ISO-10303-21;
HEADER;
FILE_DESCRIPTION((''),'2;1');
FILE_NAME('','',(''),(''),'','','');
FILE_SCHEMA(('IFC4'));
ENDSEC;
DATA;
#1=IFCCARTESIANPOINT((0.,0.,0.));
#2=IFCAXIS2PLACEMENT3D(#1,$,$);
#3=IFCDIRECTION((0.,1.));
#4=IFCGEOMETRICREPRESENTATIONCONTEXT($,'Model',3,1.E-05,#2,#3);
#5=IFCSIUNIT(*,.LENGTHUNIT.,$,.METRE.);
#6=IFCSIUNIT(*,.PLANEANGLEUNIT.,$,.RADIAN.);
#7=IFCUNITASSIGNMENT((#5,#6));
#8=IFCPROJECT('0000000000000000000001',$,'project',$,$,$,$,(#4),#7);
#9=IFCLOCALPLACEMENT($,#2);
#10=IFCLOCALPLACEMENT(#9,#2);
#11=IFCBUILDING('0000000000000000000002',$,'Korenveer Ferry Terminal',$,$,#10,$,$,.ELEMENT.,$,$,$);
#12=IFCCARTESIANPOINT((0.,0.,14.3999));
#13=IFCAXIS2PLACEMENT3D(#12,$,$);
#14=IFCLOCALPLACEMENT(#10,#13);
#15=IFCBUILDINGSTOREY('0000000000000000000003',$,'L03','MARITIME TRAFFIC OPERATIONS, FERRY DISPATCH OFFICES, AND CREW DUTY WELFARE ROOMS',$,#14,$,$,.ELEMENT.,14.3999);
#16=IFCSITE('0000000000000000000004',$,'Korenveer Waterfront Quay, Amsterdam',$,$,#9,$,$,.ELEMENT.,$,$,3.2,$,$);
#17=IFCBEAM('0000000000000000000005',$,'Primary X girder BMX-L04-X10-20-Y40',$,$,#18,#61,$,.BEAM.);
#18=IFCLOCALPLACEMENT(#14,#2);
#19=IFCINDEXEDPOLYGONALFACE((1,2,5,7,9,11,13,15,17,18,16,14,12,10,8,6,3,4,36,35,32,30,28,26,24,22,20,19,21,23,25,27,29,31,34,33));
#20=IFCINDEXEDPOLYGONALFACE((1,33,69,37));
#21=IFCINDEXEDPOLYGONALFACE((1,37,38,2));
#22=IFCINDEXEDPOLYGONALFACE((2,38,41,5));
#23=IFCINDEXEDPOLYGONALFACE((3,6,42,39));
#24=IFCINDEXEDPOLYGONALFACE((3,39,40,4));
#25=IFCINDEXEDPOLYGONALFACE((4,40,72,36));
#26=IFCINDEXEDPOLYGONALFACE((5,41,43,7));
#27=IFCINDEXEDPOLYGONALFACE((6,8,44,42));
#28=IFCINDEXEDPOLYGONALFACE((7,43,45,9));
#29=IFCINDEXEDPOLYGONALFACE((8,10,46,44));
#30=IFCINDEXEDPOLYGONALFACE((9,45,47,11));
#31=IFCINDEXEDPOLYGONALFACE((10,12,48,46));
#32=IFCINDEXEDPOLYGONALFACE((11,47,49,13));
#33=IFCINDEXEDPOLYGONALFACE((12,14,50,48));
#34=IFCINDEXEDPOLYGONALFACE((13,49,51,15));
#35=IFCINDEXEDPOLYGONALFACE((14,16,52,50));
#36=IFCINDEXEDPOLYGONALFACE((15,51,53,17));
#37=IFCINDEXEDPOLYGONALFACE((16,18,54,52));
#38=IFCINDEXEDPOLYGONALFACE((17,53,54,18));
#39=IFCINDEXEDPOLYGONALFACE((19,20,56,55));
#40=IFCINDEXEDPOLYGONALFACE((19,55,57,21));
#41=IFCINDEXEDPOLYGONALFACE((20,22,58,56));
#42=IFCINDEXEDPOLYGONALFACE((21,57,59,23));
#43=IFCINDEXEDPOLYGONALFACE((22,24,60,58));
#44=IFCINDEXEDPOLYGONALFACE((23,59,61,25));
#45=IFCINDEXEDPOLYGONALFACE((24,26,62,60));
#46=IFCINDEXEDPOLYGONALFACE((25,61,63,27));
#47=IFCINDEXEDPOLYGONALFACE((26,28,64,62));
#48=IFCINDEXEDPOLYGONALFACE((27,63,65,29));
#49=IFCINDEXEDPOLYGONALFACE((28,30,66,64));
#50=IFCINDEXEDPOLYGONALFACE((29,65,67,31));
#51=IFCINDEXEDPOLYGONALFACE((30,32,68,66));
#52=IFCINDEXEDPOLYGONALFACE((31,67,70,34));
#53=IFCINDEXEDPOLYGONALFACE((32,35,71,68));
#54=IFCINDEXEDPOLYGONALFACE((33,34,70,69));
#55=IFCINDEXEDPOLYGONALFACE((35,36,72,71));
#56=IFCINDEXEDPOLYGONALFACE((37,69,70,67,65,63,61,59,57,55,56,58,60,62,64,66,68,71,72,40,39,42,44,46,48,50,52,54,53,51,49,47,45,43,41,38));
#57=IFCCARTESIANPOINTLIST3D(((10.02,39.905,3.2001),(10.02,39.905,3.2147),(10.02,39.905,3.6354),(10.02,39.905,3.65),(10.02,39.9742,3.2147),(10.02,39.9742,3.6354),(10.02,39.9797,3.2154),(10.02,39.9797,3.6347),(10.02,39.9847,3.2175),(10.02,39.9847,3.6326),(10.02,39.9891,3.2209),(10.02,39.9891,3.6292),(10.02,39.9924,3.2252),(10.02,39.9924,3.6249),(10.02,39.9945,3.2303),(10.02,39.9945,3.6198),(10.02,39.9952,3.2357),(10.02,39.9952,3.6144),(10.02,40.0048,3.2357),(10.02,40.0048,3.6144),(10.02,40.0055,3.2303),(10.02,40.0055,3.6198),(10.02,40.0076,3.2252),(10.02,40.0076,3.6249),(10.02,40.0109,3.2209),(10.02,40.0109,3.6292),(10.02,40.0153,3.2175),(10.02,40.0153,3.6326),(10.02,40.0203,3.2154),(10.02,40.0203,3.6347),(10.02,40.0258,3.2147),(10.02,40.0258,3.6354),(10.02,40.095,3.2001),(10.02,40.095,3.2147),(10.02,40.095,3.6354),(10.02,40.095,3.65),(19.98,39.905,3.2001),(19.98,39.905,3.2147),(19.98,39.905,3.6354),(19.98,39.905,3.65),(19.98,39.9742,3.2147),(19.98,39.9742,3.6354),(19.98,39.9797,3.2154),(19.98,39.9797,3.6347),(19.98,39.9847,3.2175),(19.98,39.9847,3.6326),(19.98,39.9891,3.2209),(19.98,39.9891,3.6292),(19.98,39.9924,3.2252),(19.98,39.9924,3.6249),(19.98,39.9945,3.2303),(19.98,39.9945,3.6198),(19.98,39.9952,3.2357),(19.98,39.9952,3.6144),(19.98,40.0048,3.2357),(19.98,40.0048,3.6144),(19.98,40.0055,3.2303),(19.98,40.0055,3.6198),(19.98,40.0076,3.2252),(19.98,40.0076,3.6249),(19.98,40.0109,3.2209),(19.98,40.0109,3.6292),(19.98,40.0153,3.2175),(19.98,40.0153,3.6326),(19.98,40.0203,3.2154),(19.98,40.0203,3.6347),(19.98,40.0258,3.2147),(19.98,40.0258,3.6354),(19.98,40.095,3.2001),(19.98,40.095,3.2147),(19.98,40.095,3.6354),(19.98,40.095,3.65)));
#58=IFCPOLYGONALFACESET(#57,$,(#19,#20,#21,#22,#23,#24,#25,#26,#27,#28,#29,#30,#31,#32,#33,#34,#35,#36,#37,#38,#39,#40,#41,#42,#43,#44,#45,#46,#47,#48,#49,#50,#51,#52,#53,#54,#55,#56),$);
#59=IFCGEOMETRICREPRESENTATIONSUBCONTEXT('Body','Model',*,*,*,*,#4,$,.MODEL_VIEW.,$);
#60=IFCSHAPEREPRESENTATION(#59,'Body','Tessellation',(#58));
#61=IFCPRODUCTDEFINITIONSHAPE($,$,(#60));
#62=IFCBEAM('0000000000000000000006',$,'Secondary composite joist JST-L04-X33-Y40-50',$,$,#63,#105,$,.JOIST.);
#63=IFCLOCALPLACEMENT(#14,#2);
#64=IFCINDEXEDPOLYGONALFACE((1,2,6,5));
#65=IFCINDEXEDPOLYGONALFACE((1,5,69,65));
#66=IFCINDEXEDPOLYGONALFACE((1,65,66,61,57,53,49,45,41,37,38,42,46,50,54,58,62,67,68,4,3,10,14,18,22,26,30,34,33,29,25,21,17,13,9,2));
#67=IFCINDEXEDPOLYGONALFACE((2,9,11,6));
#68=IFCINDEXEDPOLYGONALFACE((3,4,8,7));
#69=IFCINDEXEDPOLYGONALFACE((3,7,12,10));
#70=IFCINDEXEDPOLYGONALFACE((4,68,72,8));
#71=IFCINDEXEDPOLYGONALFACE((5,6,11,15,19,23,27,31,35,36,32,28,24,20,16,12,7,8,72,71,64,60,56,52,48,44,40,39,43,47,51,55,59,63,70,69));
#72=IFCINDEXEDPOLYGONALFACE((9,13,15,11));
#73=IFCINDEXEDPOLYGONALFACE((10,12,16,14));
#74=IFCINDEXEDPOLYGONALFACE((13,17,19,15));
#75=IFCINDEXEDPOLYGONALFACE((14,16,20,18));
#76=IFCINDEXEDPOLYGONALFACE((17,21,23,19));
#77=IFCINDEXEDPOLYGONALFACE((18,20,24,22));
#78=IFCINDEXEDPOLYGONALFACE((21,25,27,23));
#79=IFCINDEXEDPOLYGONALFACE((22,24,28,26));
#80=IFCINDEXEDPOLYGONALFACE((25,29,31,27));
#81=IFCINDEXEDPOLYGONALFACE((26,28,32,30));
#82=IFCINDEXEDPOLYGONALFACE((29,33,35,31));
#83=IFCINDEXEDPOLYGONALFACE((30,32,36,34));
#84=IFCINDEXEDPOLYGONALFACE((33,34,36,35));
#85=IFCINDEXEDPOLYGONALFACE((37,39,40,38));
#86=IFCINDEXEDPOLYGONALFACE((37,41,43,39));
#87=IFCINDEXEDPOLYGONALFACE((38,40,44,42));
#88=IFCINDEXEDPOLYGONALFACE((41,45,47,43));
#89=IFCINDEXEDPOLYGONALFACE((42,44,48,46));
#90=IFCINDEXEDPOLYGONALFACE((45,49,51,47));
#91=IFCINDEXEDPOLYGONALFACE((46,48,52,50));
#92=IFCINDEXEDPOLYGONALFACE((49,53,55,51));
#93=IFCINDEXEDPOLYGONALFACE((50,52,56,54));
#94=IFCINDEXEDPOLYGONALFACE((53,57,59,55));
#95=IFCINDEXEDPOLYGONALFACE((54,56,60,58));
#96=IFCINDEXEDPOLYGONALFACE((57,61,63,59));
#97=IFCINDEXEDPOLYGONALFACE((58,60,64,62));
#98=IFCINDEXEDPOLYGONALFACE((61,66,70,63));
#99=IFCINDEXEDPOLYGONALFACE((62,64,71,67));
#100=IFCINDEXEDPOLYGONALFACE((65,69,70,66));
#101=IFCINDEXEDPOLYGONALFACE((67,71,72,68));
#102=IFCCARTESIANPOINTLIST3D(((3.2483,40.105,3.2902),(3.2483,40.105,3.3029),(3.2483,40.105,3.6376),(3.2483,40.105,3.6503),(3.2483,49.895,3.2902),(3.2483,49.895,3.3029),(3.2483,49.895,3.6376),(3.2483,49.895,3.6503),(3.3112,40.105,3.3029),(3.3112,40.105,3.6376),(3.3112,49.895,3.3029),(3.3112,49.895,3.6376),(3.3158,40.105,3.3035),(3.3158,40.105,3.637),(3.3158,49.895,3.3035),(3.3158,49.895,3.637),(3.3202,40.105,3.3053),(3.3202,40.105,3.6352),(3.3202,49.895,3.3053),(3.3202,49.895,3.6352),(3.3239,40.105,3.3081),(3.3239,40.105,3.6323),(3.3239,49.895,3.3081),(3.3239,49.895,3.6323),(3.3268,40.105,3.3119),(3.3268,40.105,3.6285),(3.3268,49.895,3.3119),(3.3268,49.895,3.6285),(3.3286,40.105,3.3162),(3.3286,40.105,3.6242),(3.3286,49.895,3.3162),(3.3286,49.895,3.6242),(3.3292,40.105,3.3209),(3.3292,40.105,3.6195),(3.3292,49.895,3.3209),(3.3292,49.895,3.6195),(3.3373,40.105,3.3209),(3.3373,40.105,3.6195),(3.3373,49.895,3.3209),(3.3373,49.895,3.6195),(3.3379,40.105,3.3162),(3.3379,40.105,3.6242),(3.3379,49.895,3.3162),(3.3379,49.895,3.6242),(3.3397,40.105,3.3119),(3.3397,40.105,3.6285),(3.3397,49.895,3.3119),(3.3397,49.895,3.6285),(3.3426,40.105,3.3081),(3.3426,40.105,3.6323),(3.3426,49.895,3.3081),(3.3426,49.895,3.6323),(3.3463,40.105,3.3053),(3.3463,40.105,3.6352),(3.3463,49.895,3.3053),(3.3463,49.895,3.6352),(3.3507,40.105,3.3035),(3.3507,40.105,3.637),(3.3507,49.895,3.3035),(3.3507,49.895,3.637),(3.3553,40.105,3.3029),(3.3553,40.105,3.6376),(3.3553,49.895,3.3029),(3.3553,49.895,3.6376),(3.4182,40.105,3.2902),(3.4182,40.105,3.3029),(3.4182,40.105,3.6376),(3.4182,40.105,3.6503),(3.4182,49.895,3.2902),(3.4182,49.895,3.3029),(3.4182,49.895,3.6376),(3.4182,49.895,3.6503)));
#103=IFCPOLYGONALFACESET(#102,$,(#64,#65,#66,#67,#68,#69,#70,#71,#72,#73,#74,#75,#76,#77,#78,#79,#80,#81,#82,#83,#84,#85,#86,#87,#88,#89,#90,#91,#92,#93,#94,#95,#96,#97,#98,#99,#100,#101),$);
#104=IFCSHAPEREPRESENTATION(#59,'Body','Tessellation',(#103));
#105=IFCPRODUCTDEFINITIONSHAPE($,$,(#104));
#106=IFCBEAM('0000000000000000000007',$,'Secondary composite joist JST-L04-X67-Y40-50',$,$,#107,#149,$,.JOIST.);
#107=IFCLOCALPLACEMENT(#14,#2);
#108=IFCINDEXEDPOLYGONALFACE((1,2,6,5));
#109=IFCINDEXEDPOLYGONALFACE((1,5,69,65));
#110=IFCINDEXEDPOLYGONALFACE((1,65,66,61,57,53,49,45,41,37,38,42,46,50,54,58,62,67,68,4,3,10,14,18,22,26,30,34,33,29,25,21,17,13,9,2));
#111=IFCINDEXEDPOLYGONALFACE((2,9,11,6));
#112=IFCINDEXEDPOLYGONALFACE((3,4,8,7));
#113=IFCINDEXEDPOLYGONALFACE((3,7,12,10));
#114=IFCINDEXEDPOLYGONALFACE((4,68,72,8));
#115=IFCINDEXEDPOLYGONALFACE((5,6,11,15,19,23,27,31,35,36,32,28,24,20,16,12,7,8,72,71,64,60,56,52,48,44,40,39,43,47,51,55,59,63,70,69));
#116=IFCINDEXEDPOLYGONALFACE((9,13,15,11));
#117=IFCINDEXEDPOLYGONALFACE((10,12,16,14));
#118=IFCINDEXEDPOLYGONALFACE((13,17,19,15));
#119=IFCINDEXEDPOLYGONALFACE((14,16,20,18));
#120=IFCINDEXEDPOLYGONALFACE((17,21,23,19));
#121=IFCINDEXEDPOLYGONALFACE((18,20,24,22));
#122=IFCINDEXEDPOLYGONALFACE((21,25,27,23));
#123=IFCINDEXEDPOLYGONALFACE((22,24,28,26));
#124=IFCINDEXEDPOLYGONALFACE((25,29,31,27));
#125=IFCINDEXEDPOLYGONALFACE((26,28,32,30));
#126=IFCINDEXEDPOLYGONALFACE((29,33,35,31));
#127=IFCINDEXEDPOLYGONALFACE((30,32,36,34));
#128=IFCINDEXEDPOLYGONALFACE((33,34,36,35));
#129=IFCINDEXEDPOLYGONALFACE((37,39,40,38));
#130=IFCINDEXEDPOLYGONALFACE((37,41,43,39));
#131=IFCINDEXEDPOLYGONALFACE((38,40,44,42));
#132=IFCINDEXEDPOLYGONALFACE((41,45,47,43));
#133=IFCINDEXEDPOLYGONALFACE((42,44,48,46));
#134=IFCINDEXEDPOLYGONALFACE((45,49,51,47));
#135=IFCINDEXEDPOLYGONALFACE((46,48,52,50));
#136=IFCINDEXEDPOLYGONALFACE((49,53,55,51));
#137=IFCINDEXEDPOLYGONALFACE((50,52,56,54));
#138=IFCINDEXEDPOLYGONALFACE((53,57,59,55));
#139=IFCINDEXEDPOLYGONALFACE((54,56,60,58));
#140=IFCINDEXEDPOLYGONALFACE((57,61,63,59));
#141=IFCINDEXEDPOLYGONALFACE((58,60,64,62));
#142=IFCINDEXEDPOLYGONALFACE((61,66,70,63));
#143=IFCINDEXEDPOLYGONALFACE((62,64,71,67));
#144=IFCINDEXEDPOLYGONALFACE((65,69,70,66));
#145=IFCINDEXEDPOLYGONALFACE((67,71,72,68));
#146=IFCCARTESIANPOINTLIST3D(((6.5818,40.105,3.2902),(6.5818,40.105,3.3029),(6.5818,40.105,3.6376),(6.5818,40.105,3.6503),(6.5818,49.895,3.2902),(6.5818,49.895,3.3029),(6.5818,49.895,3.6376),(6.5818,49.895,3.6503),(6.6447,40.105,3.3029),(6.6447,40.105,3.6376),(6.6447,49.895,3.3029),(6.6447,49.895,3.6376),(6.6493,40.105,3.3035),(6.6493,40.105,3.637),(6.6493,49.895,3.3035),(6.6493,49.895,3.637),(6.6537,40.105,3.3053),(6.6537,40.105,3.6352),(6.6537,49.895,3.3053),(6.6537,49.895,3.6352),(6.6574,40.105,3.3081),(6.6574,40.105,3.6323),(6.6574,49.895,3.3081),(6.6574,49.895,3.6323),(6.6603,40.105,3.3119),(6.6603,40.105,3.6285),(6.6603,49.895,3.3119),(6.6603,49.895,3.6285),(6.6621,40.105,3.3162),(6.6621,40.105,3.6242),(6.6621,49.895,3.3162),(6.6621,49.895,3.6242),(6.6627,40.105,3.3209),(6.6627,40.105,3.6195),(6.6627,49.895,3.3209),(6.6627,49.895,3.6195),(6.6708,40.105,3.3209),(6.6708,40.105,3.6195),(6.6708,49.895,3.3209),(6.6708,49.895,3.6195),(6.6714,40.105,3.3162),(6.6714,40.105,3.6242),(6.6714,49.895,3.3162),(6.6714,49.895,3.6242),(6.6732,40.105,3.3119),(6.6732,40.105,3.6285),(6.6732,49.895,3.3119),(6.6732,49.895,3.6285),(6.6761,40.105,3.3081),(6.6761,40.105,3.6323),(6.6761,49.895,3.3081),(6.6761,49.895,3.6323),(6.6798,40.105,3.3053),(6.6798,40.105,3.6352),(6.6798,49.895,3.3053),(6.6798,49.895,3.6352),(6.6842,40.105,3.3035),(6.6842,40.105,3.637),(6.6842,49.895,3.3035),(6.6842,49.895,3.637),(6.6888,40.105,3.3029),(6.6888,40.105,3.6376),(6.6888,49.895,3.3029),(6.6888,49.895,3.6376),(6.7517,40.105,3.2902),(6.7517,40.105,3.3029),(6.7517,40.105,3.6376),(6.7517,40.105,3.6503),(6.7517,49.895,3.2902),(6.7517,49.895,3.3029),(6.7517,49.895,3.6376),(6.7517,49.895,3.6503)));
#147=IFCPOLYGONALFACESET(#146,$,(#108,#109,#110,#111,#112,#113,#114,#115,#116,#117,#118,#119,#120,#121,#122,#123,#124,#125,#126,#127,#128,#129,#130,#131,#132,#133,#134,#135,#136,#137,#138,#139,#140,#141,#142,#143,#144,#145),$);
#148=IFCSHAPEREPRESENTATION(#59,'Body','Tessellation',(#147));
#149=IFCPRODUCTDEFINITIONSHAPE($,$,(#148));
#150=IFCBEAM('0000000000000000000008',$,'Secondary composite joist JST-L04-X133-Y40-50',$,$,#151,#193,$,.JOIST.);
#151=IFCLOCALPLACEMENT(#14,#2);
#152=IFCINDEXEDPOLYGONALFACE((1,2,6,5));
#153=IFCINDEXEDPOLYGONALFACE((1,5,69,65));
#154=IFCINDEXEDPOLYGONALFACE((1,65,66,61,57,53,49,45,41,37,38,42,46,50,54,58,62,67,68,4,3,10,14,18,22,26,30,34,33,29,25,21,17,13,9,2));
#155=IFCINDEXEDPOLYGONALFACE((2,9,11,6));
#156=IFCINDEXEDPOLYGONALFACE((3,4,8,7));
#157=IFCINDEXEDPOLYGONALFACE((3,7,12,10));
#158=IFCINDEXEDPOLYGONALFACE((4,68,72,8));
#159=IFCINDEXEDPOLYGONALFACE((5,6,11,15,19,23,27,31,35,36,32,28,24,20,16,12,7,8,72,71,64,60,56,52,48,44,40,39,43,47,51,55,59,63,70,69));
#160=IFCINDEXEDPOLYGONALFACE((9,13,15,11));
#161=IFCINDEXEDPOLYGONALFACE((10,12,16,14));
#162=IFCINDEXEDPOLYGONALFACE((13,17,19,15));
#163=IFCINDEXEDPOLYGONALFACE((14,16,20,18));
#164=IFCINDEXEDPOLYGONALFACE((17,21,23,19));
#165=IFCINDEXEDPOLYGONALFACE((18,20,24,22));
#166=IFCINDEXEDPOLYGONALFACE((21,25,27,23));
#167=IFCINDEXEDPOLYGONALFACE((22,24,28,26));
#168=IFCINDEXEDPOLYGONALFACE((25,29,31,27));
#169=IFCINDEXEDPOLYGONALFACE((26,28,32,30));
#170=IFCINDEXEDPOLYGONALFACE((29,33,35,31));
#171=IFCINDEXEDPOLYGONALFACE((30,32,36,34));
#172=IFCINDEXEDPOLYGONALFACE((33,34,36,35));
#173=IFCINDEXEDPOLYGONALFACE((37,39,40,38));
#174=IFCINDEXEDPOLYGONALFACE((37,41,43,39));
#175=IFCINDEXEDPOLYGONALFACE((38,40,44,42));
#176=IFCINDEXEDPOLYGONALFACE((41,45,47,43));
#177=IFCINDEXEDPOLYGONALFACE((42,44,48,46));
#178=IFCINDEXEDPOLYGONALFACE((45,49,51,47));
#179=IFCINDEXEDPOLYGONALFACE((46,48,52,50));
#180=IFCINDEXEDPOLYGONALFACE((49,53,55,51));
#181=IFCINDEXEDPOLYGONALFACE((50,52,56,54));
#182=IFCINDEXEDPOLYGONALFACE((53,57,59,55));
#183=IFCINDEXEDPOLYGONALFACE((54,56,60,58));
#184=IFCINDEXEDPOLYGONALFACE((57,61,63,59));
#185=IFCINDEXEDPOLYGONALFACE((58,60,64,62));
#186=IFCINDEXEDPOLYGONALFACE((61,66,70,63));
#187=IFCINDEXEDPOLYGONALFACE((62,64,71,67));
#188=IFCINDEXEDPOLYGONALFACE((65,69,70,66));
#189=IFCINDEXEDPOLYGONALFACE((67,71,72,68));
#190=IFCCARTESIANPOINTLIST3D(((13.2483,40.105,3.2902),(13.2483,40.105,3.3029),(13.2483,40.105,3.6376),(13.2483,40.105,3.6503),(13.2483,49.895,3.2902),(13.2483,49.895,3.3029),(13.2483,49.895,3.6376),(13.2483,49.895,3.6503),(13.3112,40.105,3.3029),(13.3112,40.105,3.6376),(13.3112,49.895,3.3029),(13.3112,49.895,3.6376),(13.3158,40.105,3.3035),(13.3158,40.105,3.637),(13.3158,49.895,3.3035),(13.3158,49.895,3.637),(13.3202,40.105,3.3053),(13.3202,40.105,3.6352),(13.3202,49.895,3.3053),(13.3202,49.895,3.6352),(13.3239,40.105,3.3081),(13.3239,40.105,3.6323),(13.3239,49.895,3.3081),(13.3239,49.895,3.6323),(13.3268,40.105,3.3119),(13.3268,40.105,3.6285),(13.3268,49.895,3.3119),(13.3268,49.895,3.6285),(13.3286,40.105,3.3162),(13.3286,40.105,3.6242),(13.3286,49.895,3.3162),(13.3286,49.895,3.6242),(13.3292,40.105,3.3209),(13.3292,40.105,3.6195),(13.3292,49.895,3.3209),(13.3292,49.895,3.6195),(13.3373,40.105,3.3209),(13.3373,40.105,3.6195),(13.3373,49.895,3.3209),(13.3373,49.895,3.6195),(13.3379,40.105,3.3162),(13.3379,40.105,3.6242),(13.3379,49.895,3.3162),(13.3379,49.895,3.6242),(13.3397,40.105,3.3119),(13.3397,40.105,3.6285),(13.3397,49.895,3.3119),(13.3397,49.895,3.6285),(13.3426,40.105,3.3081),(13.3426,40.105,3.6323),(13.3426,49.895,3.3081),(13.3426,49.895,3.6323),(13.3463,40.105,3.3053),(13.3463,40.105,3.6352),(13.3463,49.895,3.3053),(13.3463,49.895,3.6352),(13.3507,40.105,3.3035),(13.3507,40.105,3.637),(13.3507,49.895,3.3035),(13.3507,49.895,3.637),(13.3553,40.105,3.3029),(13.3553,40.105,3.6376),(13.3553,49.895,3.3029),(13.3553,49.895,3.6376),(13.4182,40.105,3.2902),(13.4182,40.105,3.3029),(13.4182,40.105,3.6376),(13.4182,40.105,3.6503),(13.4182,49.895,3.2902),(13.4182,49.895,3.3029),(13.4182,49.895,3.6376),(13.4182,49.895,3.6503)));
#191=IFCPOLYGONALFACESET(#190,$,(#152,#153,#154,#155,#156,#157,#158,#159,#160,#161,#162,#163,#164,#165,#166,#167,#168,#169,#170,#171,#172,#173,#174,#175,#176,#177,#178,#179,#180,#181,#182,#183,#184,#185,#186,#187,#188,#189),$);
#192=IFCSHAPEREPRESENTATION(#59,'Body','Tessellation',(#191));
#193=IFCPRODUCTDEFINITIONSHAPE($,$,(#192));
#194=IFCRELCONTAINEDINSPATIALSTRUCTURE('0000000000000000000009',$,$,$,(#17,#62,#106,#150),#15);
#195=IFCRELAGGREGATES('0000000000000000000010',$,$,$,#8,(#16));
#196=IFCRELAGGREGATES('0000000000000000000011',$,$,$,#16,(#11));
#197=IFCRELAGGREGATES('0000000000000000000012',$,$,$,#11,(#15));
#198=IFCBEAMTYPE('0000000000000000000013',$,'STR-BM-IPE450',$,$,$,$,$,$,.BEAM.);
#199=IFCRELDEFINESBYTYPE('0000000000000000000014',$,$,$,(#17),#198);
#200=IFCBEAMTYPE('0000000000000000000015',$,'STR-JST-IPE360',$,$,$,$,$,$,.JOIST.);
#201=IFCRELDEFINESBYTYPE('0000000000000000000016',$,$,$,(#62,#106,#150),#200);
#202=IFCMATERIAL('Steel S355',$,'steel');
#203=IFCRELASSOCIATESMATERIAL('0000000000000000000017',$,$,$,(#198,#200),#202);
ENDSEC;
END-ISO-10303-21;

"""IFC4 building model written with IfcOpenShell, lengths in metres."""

from ifc_helpers import new_model, si_unit, direction, frame, origin, origin_2d, place, context, subcontext, project, spatial, i_section, extrude, material, material_profile, profile_set, type_object, element, save


model = new_model("IFC4")

# Units and contexts
model_context = context("Model", 3, precision=1e-05, world=origin(), true_north=direction((0.0, 1.0)))
body_context = subcontext(model_context, "Body", "Model", "MODEL_VIEW")
ifc_project = project(units=[si_unit("LENGTHUNIT", "METRE"), si_unit("PLANEANGLEUNIT", "RADIAN")], contexts=[model_context])

# Site, building, storey
site_placement = place(None, origin())
site = spatial("IfcSite", under=ifc_project, at=site_placement, Name="Korenveer Waterfront Quay, Amsterdam", CompositionType="ELEMENT", RefElevation=3.2)
building_placement = place(site_placement, origin())
building = spatial("IfcBuilding", under=site, at=building_placement, Name="Korenveer Ferry Terminal", CompositionType="ELEMENT")
storey_placement = place(building_placement, frame((0.0, 0.0, 14.3999)))
storey = spatial("IfcBuildingStorey", under=building, at=storey_placement, Name="L03", Description="MARITIME TRAFFIC OPERATIONS, FERRY DISPATCH OFFICES, AND CREW DUTY WELFARE ROOMS", CompositionType="ELEMENT", Elevation=14.3999)

# Beams
ifc_material_1 = material(Name="Steel S355", Category="steel")
ifc_material_profile_1 = material_profile(ifc_material_1, i_section(OverallWidth=0.1899, OverallDepth=0.45, WebThickness=0.0095, FlangeThickness=0.0146, FilletRadius=0.021, at=origin_2d()), Name="IPE 450")
ifc_profile_set_1 = profile_set([ifc_material_profile_1], Name="Steel S355")
beam_type_1 = type_object("IfcBeamType", Name="STR-BM-IPE450", PredefinedType="BEAM", material=ifc_profile_set_1)
for number, where, z_axis, x_axis, name in (
    (1, (10.02, 40.0, 3.425), (1.0, 0.0, 0.0), (0.0, 1.0, 0.0), "Primary X girder BMX-L04-X10-20-Y40"),
):
    element("IfcBeam", number, at=place(storey_placement, frame(where, z_axis=z_axis, x_axis=x_axis)), inside=storey, type_object=beam_type_1, Name=name, PredefinedType="BEAM", context=body_context, shape_type="SweptSolid", body=[
        extrude(i_section(OverallWidth=0.1899, OverallDepth=0.45, WebThickness=0.0095, FlangeThickness=0.0146, FilletRadius=0.021, at=origin_2d()), origin(), (0.0, 0.0, 1.0), 9.96),
    ])
ifc_material_profile_2 = material_profile(ifc_material_1, i_section(OverallWidth=0.1699, OverallDepth=0.3601, WebThickness=0.0081, FlangeThickness=0.0127, FilletRadius=0.0181, at=origin_2d()), Name="IPE 360")
ifc_profile_set_2 = profile_set([ifc_material_profile_2], Name="Steel S355")
beam_type_2 = type_object("IfcBeamType", Name="STR-JST-IPE360", PredefinedType="JOIST", material=ifc_profile_set_2)
for number, where, z_axis, x_axis, name in (
    (2, (3.3333, 40.105, 3.4702), (0.0, 1.0, 0.0), (-1.0, 0.0, 0.0), "Secondary composite joist JST-L04-X33-Y40-50"),
    (3, (6.6667, 40.105, 3.4702), (0.0, 1.0, 0.0), (-1.0, 0.0, 0.0), "Secondary composite joist JST-L04-X67-Y40-50"),
    (4, (13.3333, 40.105, 3.4702), (0.0, 1.0, 0.0), (-1.0, 0.0, 0.0), "Secondary composite joist JST-L04-X133-Y40-50"),
):
    element("IfcBeam", number, at=place(storey_placement, frame(where, z_axis=z_axis, x_axis=x_axis)), inside=storey, type_object=beam_type_2, Name=name, PredefinedType="JOIST", context=body_context, shape_type="SweptSolid", body=[
        extrude(i_section(OverallWidth=0.1699, OverallDepth=0.3601, WebThickness=0.0081, FlangeThickness=0.0127, FilletRadius=0.0181, at=origin_2d()), origin(), (0.0, 0.0, 1.0), 9.79),
    ])

save(model, "model.ifc")
